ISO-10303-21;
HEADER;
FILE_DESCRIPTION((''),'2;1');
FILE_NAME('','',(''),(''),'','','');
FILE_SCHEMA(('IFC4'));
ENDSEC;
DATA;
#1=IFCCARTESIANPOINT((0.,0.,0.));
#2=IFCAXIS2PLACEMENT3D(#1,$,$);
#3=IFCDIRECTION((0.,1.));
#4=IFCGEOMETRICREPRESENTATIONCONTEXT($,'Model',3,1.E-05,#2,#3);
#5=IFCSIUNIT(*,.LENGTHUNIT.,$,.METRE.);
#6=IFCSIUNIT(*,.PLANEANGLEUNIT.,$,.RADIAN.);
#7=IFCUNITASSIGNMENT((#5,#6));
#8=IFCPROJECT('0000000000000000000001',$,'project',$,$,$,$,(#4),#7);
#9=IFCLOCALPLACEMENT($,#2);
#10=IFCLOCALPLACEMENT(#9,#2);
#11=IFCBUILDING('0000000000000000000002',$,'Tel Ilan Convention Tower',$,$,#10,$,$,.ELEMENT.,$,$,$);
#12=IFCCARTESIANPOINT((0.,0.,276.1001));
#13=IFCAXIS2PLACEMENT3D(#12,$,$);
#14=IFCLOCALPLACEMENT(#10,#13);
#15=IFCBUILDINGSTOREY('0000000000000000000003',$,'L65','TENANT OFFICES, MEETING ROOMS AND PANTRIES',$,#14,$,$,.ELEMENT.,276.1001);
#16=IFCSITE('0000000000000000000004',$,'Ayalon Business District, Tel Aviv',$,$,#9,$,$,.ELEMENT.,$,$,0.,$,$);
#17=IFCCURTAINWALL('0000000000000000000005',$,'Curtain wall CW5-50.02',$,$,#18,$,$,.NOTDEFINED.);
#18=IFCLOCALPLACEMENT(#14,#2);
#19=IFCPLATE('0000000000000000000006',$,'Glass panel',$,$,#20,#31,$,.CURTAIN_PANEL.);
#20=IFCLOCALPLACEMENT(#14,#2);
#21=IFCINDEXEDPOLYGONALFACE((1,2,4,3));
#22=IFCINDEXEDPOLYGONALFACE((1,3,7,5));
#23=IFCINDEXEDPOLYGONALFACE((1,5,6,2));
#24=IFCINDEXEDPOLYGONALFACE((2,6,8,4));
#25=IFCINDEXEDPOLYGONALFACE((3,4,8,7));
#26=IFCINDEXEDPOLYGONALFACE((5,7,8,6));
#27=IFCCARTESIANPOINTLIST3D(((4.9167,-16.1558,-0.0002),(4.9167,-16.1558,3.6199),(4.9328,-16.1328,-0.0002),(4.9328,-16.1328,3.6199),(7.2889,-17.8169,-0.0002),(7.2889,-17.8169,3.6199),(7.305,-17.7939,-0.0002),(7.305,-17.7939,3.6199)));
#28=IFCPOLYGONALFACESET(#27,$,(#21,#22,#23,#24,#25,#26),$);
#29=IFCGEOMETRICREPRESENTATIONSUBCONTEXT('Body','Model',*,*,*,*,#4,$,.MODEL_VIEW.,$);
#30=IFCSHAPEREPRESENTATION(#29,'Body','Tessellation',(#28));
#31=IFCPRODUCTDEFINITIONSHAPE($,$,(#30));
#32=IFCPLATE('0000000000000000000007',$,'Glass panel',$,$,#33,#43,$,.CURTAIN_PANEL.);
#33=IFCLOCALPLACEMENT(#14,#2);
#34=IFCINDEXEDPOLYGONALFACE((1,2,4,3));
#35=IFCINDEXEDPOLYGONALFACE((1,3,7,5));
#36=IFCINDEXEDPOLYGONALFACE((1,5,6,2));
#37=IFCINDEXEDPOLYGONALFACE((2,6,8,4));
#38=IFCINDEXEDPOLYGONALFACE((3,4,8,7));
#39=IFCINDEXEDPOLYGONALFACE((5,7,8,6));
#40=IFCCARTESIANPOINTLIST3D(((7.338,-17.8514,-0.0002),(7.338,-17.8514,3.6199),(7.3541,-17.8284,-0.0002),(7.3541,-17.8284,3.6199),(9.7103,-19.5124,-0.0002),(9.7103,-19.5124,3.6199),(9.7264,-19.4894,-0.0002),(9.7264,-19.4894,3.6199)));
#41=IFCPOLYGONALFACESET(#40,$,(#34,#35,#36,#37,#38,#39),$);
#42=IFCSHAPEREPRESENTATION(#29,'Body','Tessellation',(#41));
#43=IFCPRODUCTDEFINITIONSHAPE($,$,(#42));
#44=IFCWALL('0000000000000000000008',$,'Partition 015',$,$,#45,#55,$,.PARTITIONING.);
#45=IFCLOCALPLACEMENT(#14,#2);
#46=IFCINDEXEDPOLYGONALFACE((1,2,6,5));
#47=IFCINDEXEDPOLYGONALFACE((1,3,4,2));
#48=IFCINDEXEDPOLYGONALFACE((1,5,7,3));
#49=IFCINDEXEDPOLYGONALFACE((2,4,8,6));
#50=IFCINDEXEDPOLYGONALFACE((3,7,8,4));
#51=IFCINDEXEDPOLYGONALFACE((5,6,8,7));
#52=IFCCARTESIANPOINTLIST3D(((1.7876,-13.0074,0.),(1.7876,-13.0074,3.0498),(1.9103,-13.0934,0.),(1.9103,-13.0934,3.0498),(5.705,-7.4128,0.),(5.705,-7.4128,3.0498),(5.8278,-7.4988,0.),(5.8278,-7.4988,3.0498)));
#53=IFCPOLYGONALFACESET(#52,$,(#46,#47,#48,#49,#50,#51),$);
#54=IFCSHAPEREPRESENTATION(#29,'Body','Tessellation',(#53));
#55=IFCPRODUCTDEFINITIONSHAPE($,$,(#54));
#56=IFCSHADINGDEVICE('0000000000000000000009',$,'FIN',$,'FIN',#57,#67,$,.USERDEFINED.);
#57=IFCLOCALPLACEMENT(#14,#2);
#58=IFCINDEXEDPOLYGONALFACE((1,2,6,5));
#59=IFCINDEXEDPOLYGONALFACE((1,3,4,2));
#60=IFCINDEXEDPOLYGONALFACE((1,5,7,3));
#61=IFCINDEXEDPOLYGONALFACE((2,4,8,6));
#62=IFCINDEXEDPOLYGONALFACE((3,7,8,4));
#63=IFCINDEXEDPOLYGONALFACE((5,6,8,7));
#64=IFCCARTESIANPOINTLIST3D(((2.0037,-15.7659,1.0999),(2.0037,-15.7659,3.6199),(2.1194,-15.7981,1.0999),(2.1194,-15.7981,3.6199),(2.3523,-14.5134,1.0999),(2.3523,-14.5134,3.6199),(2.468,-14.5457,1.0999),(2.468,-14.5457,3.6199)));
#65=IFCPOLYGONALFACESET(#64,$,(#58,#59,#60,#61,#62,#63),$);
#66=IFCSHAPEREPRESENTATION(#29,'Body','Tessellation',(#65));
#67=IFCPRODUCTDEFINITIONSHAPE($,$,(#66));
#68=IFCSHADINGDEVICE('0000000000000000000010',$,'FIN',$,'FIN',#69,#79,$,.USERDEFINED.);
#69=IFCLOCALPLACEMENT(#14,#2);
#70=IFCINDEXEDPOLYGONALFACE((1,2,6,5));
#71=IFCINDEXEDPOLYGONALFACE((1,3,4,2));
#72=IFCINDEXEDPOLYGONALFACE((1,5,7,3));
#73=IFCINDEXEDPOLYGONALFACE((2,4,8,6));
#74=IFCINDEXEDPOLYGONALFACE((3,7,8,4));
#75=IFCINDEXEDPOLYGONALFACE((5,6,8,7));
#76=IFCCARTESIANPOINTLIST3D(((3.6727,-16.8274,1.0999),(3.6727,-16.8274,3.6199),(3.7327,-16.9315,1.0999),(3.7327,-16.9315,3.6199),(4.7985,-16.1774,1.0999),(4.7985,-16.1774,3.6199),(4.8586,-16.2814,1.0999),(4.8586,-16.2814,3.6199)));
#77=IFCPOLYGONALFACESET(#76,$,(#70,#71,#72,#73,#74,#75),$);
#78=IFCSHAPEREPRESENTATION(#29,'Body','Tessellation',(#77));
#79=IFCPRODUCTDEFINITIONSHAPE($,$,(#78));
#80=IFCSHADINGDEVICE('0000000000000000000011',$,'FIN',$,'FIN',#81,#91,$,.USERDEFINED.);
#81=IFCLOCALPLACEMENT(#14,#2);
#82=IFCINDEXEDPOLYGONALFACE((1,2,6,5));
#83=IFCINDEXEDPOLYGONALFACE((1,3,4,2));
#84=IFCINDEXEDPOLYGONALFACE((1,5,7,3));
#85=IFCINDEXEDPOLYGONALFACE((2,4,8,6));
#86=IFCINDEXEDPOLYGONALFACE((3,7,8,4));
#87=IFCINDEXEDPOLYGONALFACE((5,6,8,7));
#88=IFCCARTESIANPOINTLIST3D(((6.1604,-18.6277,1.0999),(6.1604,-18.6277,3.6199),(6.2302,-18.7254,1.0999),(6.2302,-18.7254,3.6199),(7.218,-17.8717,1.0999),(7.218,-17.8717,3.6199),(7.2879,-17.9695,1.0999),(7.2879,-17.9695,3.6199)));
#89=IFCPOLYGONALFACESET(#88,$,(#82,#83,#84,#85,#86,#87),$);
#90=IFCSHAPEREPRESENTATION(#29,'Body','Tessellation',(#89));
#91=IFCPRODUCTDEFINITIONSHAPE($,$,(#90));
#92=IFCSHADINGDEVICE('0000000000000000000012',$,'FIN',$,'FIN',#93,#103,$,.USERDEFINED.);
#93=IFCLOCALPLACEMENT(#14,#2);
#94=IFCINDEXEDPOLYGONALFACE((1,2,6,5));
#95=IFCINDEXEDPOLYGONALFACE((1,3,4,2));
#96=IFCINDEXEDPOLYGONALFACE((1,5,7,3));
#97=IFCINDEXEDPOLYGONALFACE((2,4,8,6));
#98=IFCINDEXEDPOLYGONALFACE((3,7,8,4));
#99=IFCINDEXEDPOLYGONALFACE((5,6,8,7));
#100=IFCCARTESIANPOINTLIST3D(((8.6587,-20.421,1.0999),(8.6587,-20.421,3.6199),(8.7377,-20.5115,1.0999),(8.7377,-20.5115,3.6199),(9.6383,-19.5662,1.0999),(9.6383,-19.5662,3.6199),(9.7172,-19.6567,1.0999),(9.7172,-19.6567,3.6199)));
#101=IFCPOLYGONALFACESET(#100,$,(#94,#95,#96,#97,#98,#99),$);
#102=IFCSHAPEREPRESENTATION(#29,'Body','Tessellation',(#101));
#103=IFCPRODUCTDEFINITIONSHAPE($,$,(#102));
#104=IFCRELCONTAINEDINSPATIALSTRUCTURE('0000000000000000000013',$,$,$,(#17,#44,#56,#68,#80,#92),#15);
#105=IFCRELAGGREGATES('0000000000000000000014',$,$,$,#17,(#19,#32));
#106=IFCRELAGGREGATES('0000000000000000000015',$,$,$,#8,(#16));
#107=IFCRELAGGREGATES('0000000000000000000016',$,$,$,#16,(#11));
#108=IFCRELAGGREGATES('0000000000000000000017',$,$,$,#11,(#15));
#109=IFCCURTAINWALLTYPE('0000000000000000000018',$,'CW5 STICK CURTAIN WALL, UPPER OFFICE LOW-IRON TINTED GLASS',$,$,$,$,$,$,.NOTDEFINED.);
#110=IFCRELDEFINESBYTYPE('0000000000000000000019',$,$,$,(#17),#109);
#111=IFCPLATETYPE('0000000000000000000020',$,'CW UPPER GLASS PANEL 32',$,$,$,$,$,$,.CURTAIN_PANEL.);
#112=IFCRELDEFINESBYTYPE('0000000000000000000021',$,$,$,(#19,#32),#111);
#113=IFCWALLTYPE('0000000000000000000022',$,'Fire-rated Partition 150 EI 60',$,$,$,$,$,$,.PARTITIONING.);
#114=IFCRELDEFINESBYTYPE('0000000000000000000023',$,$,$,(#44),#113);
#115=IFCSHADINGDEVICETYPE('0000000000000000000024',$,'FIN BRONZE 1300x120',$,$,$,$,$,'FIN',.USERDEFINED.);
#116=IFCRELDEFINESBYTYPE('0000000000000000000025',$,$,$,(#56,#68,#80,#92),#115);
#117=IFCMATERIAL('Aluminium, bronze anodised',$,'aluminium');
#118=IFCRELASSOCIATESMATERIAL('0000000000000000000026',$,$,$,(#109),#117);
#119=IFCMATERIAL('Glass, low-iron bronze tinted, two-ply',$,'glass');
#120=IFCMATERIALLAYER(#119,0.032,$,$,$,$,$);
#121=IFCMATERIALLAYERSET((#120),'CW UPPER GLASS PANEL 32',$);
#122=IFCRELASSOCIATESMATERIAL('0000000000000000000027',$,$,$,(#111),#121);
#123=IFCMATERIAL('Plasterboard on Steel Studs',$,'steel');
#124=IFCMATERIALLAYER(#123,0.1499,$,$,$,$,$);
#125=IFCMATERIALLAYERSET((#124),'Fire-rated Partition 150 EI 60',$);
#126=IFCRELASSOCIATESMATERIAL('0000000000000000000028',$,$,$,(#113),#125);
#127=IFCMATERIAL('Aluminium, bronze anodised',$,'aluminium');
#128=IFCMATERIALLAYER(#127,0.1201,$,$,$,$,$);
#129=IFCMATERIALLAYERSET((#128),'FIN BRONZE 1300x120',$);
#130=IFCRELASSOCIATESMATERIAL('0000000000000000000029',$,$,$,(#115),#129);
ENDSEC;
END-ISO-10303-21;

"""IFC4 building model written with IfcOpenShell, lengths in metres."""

from ifc_helpers import new_model, si_unit, direction, frame, frame_2d, origin, origin_2d, place, context, subcontext, project, spatial, rectangle, extrude, material, layer, layer_set, type_object, element, aggregate, save


model = new_model("IFC4")

# Units and contexts
model_context = context("Model", 3, precision=1e-05, world=origin(), true_north=direction((0.0, 1.0)))
body_context = subcontext(model_context, "Body", "Model", "MODEL_VIEW")
ifc_project = project(units=[si_unit("LENGTHUNIT", "METRE"), si_unit("PLANEANGLEUNIT", "RADIAN")], contexts=[model_context])

# Site, building, storey
site_placement = place(None, origin())
site = spatial("IfcSite", under=ifc_project, at=site_placement, Name="Ayalon Business District, Tel Aviv", CompositionType="ELEMENT", RefElevation=0.0)
building_placement = place(site_placement, origin())
building = spatial("IfcBuilding", under=site, at=building_placement, Name="Tel Ilan Convention Tower", CompositionType="ELEMENT")
storey_placement = place(building_placement, frame((0.0, 0.0, 276.1001)))
storey = spatial("IfcBuildingStorey", under=building, at=storey_placement, Name="L65", Description="TENANT OFFICES, MEETING ROOMS AND PANTRIES", CompositionType="ELEMENT", Elevation=276.1001)

# Curtain wall, plates
ifc_material_1 = material(Name="Aluminium, bronze anodised", Category="aluminium")
curtain_wall_type = type_object("IfcCurtainWallType", Name="CW5 STICK CURTAIN WALL, UPPER OFFICE LOW-IRON TINTED GLASS", PredefinedType="NOTDEFINED", material=ifc_material_1)
curtain_wall_placement = place(storey_placement, origin())
curtain_wall = element("IfcCurtainWall", 1, at=curtain_wall_placement, inside=storey, type_object=curtain_wall_type, Name="Curtain wall CW5-50.02", PredefinedType="NOTDEFINED")
ifc_material_2 = material(Name="Glass, low-iron bronze tinted, two-ply", Category="glass")
ifc_layer_1 = layer(ifc_material_2, 0.032)
ifc_layer_set_1 = layer_set([ifc_layer_1], Name="CW UPPER GLASS PANEL 32")
plate_type = type_object("IfcPlateType", Name="CW UPPER GLASS PANEL 32", PredefinedType="CURTAIN_PANEL", material=ifc_layer_set_1)
plate_1_placement = place(storey_placement, frame((6.1108, -16.9749, -0.0002), z_axis=(0.0, 0.0, 1.0), x_axis=(0.819152, -0.573576, 0.0)))
plate_1 = element("IfcPlate", 2, at=plate_1_placement, type_object=plate_type, Name="Glass panel", PredefinedType="CURTAIN_PANEL", context=body_context, shape_type="SweptSolid", body=[
    extrude(rectangle(XDim=2.896, YDim=0.0281, at=origin_2d()), origin(), (0.0, 0.0, 1.0), 3.6201),
])
plate_2_placement = place(storey_placement, frame((8.5322, -18.6704, -0.0002), z_axis=(0.0, 0.0, 1.0), x_axis=(0.819152, -0.573576, 0.0)))
plate_2 = element("IfcPlate", 3, at=plate_2_placement, type_object=plate_type, Name="Glass panel", PredefinedType="CURTAIN_PANEL", context=body_context, shape_type="SweptSolid", body=[
    extrude(rectangle(XDim=2.896, YDim=0.0281, at=origin_2d()), origin(), (0.0, 0.0, 1.0), 3.6201),
])
aggregate(curtain_wall, [plate_1, plate_2])

# Wall
ifc_material_3 = material(Name="Plasterboard on Steel Studs", Category="steel")
ifc_layer_2 = layer(ifc_material_3, 0.1499)
ifc_layer_set_2 = layer_set([ifc_layer_2], Name="Fire-rated Partition 150 EI 60")
wall_type = type_object("IfcWallType", Name="Fire-rated Partition 150 EI 60", PredefinedType="PARTITIONING", material=ifc_layer_set_2)
wall_placement = place(storey_placement, frame((1.8489, -13.0505, 0.0), z_axis=(0.0, 0.0, 1.0), x_axis=(0.573577, 0.819151, 0.0)))
element("IfcWall", 4, at=wall_placement, inside=storey, type_object=wall_type, Name="Partition 015", PredefinedType="PARTITIONING", context=body_context, shape_type="SweptSolid", body=[
    extrude(rectangle(XDim=6.8298, YDim=0.1499, at=frame_2d((3.415, 0.0))), origin(), (0.0, 0.0, 1.0), 3.0498),
])

# Shading devices
ifc_material_4 = material(Name="Aluminium, bronze anodised", Category="aluminium")
ifc_layer_3 = layer(ifc_material_4, 0.1201)
ifc_layer_set_3 = layer_set([ifc_layer_3], Name="FIN BRONZE 1300x120")
shading_device_type = type_object("IfcShadingDeviceType", Name="FIN BRONZE 1300x120", ElementType="FIN", PredefinedType="USERDEFINED", material=ifc_layer_set_3)
for number, where, z_axis, x_axis, name in (
    (5, (2.2358, -15.1558, 1.0999), (0.0, 0.0, 1.0), (-0.268173, -0.963371, 0.0), "FIN"),
    (6, (4.2656, -16.5544, 1.0999), (0.0, 0.0, 1.0), (-0.866025, -0.5, 0.0), "FIN"),
    (7, (6.7241, -18.2986, 1.0999), (0.0, 0.0, 1.0), (-0.813552, -0.581492, 0.0), "FIN"),
    (8, (9.188, -20.0388, 1.0999), (0.0, 0.0, 1.0), (-0.753436, -0.657521, 0.0), "FIN"),
):
    element("IfcShadingDevice", number, at=place(storey_placement, frame(where, z_axis=z_axis, x_axis=x_axis)), inside=storey, type_object=shading_device_type, Name=name, ObjectType="FIN", PredefinedType="USERDEFINED", context=body_context, shape_type="SweptSolid", body=[
        extrude(rectangle(XDim=1.3, YDim=0.1201, at=origin_2d()), origin(), (0.0, 0.0, 1.0), 2.52),
    ])

save(model, "model.ifc")
